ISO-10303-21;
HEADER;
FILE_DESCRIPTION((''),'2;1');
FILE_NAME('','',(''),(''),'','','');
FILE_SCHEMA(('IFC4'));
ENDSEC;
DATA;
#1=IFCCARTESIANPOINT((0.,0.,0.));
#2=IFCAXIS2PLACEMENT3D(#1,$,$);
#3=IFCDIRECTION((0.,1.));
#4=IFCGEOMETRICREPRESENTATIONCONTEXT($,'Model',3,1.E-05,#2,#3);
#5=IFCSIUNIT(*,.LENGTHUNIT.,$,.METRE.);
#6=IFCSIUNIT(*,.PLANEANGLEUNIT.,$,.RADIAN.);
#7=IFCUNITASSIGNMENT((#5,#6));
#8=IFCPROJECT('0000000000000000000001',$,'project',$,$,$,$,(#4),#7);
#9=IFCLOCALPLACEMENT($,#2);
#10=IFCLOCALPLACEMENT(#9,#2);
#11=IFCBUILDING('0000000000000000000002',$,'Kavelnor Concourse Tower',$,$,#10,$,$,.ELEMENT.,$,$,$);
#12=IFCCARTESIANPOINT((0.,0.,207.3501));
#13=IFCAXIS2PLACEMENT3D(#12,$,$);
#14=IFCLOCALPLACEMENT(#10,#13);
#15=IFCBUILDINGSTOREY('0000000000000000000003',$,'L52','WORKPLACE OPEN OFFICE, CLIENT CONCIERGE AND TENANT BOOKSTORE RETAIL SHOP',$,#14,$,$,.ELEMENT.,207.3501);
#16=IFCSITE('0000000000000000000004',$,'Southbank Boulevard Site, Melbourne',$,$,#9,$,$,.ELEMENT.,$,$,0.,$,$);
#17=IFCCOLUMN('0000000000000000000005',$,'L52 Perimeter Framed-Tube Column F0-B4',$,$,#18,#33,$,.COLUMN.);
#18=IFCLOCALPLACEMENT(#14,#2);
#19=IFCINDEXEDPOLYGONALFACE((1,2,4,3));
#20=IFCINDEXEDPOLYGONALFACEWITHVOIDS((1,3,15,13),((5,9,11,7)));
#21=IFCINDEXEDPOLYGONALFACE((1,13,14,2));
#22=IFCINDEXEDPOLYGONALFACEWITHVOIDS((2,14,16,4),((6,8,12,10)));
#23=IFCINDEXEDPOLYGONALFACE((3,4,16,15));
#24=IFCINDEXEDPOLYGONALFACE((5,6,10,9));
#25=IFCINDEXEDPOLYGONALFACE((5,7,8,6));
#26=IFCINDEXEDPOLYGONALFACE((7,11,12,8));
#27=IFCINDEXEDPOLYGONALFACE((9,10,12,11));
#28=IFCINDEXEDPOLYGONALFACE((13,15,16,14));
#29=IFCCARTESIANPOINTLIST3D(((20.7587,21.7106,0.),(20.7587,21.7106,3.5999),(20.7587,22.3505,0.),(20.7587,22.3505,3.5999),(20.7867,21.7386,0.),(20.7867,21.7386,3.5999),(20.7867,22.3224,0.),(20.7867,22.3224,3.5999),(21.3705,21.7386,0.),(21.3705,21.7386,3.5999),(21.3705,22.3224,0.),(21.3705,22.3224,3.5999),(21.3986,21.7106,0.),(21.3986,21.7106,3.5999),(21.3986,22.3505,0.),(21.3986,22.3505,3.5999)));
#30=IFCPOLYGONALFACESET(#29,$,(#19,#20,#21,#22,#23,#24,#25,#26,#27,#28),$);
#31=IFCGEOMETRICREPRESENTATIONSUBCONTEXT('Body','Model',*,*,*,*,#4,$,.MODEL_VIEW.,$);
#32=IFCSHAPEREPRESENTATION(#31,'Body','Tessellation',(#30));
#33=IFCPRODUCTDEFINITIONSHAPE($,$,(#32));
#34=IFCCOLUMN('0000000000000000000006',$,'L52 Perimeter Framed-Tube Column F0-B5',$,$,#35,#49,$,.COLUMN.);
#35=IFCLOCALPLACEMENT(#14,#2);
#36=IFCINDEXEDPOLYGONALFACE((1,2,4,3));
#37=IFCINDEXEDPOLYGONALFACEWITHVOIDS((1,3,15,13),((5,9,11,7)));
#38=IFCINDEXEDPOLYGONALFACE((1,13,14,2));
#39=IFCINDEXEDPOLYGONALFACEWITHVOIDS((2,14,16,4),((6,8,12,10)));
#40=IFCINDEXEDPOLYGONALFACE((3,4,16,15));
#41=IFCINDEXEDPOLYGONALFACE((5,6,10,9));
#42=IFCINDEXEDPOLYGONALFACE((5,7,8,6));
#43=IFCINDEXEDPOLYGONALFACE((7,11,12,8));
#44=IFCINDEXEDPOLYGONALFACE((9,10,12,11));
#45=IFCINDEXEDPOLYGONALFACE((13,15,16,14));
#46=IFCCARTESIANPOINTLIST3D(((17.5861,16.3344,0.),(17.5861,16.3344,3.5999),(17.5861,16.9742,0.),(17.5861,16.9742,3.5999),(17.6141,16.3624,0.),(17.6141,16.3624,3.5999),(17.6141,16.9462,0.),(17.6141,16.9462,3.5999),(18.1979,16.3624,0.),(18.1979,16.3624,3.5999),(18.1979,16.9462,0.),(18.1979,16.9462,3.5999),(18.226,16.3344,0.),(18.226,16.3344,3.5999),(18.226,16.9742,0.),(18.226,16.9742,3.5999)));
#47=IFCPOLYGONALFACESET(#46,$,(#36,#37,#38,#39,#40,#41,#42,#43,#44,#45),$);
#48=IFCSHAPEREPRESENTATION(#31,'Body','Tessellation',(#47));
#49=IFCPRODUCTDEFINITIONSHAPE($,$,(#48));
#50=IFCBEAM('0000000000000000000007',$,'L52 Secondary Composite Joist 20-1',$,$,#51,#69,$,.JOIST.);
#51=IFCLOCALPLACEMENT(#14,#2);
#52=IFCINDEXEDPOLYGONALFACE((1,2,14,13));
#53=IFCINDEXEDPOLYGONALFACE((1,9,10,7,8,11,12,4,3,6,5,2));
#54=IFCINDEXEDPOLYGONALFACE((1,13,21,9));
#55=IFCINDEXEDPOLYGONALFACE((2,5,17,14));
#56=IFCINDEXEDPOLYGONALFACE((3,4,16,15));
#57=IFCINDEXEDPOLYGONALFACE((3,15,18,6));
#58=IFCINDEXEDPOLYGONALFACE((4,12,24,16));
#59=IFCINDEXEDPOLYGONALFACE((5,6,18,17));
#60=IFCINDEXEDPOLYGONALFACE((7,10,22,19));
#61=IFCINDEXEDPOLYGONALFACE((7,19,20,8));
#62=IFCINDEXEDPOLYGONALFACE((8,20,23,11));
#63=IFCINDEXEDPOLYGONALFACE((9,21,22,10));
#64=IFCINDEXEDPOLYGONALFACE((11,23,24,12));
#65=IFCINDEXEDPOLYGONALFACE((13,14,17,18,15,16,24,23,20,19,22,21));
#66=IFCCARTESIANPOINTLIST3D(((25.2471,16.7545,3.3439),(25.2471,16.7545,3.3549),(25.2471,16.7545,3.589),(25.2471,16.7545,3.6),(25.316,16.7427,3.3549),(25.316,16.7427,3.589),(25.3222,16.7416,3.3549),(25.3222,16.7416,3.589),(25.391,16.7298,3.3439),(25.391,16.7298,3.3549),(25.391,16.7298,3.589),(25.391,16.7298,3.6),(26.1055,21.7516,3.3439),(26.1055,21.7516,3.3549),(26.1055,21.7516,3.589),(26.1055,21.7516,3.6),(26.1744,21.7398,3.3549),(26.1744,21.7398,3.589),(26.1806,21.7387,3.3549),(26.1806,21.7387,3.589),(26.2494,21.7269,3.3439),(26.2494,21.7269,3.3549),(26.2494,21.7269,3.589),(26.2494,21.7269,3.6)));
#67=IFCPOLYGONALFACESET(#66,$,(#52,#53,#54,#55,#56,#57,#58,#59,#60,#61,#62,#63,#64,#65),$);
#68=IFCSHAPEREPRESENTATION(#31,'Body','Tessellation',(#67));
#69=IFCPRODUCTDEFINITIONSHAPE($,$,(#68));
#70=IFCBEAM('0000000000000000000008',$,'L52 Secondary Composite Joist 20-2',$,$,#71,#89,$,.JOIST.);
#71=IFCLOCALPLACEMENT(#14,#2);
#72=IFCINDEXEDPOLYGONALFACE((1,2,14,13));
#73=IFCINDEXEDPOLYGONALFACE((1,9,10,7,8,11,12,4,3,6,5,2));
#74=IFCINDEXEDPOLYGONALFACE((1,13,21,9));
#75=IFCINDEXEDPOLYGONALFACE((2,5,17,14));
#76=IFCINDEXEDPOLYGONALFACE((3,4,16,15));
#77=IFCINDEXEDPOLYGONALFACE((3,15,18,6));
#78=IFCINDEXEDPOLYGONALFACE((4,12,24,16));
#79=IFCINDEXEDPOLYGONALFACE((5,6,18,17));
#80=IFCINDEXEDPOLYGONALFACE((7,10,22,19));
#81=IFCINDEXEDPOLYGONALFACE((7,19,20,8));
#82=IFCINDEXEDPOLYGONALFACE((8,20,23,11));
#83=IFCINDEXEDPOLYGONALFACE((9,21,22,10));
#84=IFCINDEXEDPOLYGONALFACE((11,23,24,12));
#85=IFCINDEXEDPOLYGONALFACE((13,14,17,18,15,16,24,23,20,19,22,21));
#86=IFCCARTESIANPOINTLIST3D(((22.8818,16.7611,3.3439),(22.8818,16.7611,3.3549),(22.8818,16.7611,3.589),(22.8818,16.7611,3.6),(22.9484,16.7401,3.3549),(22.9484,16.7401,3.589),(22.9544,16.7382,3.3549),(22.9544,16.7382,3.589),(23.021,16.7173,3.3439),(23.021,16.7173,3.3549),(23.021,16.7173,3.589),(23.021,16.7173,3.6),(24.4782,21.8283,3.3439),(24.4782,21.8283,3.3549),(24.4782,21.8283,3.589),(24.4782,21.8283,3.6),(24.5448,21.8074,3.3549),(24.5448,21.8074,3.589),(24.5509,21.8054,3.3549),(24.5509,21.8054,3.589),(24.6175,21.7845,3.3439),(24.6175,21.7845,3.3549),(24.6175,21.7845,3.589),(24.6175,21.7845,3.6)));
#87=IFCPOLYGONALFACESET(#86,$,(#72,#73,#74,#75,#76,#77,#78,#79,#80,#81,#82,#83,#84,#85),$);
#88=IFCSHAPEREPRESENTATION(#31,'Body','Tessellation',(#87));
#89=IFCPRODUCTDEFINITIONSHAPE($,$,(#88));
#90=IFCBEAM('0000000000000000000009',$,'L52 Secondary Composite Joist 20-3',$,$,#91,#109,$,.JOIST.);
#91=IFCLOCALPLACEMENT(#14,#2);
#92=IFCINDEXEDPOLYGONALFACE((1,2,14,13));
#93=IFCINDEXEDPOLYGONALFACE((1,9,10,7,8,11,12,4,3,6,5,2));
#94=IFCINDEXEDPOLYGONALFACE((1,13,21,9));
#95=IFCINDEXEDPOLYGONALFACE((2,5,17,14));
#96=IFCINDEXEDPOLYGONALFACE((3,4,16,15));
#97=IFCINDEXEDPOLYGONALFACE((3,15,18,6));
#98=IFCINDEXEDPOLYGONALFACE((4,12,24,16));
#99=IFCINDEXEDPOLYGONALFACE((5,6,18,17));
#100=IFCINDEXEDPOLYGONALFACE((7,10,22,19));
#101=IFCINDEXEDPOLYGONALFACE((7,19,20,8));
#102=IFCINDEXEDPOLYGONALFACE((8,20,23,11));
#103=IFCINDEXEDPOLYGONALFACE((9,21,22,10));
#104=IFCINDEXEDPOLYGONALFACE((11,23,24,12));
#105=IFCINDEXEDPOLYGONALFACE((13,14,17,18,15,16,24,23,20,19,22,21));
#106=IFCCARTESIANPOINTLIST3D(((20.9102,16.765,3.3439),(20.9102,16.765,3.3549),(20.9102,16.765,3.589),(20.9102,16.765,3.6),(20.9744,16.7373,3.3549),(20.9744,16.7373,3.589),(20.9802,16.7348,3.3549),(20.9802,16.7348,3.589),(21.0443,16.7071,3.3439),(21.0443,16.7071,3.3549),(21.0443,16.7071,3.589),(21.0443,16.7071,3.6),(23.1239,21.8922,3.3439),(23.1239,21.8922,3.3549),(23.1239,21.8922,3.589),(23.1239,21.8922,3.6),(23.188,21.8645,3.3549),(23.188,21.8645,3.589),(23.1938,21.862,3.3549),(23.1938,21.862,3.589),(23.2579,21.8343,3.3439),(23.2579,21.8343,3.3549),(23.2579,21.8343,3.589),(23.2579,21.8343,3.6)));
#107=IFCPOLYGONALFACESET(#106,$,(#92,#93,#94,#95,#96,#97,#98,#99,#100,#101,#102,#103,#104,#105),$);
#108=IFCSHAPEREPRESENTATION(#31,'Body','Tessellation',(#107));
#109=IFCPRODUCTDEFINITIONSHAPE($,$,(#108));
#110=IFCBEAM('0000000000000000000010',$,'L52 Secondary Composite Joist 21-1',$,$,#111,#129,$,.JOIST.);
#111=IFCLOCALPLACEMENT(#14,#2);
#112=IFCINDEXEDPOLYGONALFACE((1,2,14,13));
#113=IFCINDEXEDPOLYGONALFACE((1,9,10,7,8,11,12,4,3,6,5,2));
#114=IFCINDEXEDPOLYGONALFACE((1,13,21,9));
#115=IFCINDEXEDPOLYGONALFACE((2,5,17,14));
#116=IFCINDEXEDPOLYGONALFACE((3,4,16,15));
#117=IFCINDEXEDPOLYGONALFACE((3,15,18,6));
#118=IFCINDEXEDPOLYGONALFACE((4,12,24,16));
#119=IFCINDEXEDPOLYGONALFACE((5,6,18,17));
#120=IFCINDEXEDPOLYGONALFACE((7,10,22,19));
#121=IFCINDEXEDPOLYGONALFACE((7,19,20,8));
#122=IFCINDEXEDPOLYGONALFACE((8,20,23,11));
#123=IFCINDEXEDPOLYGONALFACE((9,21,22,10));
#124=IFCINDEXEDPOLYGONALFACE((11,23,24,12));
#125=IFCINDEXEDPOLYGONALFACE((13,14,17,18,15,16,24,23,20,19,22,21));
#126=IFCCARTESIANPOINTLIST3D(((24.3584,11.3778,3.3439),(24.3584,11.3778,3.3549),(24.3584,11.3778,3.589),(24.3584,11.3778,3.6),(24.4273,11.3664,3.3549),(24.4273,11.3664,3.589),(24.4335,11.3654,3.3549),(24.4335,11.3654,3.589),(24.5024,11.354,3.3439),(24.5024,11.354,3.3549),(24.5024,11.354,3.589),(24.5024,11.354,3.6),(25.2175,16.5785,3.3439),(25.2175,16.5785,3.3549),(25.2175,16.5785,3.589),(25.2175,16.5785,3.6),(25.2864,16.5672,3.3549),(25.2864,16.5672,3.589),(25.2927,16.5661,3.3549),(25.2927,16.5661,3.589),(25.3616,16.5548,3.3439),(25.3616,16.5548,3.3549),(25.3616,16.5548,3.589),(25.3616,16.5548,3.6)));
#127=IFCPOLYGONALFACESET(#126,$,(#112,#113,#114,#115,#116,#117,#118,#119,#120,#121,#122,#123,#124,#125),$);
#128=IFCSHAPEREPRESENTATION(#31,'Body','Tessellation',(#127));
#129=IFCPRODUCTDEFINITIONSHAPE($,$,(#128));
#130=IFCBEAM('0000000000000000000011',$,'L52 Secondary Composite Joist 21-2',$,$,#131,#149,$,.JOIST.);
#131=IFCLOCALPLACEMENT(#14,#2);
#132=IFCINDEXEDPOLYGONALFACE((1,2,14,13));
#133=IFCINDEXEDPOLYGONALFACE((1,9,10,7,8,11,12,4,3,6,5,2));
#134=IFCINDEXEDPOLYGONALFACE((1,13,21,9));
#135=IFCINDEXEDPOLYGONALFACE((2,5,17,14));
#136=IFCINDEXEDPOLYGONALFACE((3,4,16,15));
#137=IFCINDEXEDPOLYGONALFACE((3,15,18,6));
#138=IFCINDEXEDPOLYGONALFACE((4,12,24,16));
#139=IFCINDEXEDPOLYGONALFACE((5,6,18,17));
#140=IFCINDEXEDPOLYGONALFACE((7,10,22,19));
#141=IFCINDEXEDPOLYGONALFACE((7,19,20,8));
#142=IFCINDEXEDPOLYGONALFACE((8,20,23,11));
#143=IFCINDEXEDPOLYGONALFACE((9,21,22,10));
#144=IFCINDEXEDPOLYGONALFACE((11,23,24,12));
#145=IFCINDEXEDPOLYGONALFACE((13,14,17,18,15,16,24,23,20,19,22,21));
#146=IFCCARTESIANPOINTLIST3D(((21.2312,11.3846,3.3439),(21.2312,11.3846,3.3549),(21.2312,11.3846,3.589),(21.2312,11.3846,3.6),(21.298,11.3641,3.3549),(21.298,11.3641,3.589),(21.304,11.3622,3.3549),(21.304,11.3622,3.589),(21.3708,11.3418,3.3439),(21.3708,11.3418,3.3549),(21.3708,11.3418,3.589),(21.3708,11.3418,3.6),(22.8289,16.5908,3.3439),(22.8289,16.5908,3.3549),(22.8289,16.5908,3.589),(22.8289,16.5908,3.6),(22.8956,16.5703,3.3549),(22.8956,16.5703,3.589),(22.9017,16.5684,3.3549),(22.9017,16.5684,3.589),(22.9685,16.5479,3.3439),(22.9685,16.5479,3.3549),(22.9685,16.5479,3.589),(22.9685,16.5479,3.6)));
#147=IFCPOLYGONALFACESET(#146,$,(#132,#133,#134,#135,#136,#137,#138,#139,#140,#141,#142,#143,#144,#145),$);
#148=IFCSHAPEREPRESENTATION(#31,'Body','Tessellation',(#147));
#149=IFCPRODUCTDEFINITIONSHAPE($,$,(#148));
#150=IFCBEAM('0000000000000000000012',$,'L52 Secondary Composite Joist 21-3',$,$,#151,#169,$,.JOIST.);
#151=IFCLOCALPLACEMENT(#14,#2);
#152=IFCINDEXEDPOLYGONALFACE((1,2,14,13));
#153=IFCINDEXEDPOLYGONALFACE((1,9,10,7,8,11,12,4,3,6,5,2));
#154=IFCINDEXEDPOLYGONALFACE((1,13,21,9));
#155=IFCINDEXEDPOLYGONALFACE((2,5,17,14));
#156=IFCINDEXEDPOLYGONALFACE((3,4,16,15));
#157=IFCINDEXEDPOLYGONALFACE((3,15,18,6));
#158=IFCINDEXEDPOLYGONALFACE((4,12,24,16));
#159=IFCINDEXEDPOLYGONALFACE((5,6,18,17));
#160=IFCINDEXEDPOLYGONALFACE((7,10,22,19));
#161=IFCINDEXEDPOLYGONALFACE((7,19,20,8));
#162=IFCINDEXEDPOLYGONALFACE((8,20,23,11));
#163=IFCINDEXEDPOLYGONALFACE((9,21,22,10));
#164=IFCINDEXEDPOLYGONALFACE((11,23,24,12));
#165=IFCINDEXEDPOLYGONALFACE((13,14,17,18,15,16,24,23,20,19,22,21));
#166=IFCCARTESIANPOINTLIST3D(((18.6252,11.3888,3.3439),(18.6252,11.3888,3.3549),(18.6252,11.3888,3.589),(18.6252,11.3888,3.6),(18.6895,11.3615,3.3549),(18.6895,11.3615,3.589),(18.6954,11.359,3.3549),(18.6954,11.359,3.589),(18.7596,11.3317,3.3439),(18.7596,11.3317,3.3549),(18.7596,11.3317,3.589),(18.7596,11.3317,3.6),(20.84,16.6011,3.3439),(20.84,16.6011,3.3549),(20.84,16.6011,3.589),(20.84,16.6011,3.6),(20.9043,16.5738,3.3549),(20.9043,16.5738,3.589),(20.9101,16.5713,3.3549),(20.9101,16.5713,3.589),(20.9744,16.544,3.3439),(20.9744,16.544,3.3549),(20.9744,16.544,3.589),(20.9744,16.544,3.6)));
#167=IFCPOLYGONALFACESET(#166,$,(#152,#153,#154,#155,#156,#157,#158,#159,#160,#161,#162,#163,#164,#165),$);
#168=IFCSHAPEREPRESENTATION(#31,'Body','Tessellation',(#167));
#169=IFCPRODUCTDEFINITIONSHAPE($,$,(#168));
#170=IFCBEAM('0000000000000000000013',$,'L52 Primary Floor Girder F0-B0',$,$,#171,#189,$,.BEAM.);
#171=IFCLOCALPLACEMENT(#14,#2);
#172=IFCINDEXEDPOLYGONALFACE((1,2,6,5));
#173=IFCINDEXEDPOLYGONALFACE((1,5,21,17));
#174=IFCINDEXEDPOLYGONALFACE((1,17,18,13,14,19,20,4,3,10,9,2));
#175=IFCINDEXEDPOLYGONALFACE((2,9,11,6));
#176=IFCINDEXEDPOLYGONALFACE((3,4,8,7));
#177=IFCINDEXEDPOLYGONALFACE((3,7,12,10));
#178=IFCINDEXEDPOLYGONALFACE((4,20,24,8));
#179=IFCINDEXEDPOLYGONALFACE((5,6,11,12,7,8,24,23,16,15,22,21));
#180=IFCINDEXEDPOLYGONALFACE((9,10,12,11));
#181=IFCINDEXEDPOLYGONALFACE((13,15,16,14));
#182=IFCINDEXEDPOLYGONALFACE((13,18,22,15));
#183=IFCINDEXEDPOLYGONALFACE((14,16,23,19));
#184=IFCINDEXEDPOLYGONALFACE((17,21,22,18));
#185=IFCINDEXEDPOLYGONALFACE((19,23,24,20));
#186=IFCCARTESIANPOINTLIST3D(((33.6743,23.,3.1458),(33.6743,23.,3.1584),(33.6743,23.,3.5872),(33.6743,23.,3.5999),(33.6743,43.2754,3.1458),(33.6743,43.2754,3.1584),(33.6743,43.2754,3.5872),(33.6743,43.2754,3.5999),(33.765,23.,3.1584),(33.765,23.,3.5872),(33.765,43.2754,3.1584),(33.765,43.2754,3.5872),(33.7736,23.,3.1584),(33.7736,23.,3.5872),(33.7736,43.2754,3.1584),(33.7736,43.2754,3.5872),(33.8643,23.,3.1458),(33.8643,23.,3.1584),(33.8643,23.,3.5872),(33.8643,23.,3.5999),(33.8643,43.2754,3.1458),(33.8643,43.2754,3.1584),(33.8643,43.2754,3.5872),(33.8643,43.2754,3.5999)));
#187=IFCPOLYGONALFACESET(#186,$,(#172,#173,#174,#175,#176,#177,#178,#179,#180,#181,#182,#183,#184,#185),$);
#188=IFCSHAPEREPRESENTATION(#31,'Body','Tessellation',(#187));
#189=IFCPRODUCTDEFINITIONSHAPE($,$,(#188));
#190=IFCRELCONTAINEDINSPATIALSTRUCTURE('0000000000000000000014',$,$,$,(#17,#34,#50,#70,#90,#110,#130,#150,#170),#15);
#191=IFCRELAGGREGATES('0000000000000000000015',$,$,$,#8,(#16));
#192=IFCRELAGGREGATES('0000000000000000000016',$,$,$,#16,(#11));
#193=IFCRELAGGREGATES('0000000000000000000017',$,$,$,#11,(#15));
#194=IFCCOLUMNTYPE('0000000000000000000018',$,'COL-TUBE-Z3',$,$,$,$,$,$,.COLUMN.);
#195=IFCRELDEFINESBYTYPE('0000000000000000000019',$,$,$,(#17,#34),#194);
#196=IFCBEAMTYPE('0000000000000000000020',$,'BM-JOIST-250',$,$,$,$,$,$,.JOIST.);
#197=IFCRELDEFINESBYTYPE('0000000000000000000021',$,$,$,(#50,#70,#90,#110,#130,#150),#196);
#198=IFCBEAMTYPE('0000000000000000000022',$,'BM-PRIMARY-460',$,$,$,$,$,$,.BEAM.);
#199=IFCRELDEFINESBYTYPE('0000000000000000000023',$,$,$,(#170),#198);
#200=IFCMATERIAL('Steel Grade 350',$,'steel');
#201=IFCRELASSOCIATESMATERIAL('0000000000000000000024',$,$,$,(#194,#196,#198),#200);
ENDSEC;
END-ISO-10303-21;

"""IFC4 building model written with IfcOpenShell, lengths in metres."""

from ifc_helpers import new_model, si_unit, direction, frame, origin, origin_2d, place, context, subcontext, project, spatial, hollow_rectangle, i_section, extrude, material, material_profile, profile_set, type_object, element, save


model = new_model("IFC4")

# Units and contexts
model_context = context("Model", 3, precision=1e-05, world=origin(), true_north=direction((0.0, 1.0)))
body_context = subcontext(model_context, "Body", "Model", "MODEL_VIEW")
ifc_project = project(units=[si_unit("LENGTHUNIT", "METRE"), si_unit("PLANEANGLEUNIT", "RADIAN")], contexts=[model_context])

# Site, building, storey
site_placement = place(None, origin())
site = spatial("IfcSite", under=ifc_project, at=site_placement, Name="Southbank Boulevard Site, Melbourne", CompositionType="ELEMENT", RefElevation=0.0)
building_placement = place(site_placement, origin())
building = spatial("IfcBuilding", under=site, at=building_placement, Name="Kavelnor Concourse Tower", CompositionType="ELEMENT")
storey_placement = place(building_placement, frame((0.0, 0.0, 207.3501)))
storey = spatial("IfcBuildingStorey", under=building, at=storey_placement, Name="L52", Description="WORKPLACE OPEN OFFICE, CLIENT CONCIERGE AND TENANT BOOKSTORE RETAIL SHOP", CompositionType="ELEMENT", Elevation=207.3501)

# Columns
ifc_material_1 = material(Name="Steel Grade 350", Category="steel")
ifc_material_profile_1 = material_profile(ifc_material_1, hollow_rectangle(XDim=0.6399, YDim=0.6399, WallThickness=0.0281, at=origin_2d()), Name="SHS 640x640x28")
ifc_profile_set_1 = profile_set([ifc_material_profile_1], Name="Steel Grade 350")
column_type = type_object("IfcColumnType", Name="COL-TUBE-Z3", PredefinedType="COLUMN", material=ifc_profile_set_1)
for number, where, z_axis, x_axis, name in (
    (1, (21.0786, 22.0305, 0.0), (0.0, 0.0, 1.0), (1.0, 0.0, 0.0), "L52 Perimeter Framed-Tube Column F0-B4"),
    (2, (17.906, 16.6543, 0.0), (0.0, 0.0, 1.0), (1.0, 0.0, 0.0), "L52 Perimeter Framed-Tube Column F0-B5"),
):
    element("IfcColumn", number, at=place(storey_placement, frame(where, z_axis=z_axis, x_axis=x_axis)), inside=storey, type_object=column_type, Name=name, PredefinedType="COLUMN", context=body_context, shape_type="SweptSolid", body=[
        extrude(hollow_rectangle(XDim=0.6399, YDim=0.6399, WallThickness=0.0281, at=origin_2d()), origin(), (0.0, 0.0, 1.0), 3.5999),
    ])

# Beams
ifc_material_profile_2 = material_profile(ifc_material_1, i_section(OverallWidth=0.146, OverallDepth=0.2561, WebThickness=0.0063, FlangeThickness=0.011, at=origin_2d()), Name="250UB37")
ifc_profile_set_2 = profile_set([ifc_material_profile_2], Name="Steel Grade 350")
beam_type_1 = type_object("IfcBeamType", Name="BM-JOIST-250", PredefinedType="JOIST", material=ifc_profile_set_2)
beam_1_placement = place(storey_placement, frame((26.1775, 21.7393, 3.4719), z_axis=(-0.169301, -0.985564, 0.0), x_axis=(0.985564, -0.169301, 0.0)))
element("IfcBeam", 3, at=beam_1_placement, inside=storey, type_object=beam_type_1, Name="L52 Secondary Composite Joist 20-1", PredefinedType="JOIST", context=body_context, shape_type="SweptSolid", body=[
    extrude(i_section(OverallWidth=0.146, OverallDepth=0.2561, WebThickness=0.0063, FlangeThickness=0.011, at=origin_2d()), origin(), (0.0, 0.0, 1.0), 5.0703),
])
beam_2_placement = place(storey_placement, frame((24.5479, 21.8064, 3.4719), z_axis=(-0.300496, -0.953783, 0.0), x_axis=(0.953783, -0.300496, 0.0)))
element("IfcBeam", 4, at=beam_2_placement, inside=storey, type_object=beam_type_1, Name="L52 Secondary Composite Joist 20-2", PredefinedType="JOIST", context=body_context, shape_type="SweptSolid", body=[
    extrude(i_section(OverallWidth=0.146, OverallDepth=0.2561, WebThickness=0.0063, FlangeThickness=0.011, at=origin_2d()), origin(), (0.0, 0.0, 1.0), 5.3127),
])
beam_3_placement = place(storey_placement, frame((23.1909, 21.8633, 3.4719), z_axis=(-0.396377, -0.918088, 0.0), x_axis=(0.918088, -0.396377, 0.0)))
element("IfcBeam", 5, at=beam_3_placement, inside=storey, type_object=beam_type_1, Name="L52 Secondary Composite Joist 20-3", PredefinedType="JOIST", context=body_context, shape_type="SweptSolid", body=[
    extrude(i_section(OverallWidth=0.146, OverallDepth=0.2561, WebThickness=0.0063, FlangeThickness=0.011, at=origin_2d()), origin(), (0.0, 0.0, 1.0), 5.5847),
])
beam_4_placement = place(storey_placement, frame((25.2896, 16.5667, 3.4719), z_axis=(-0.162987, -0.986628, 0.0), x_axis=(0.986628, -0.162987, 0.0)))
element("IfcBeam", 6, at=beam_4_placement, inside=storey, type_object=beam_type_1, Name="L52 Secondary Composite Joist 21-1", PredefinedType="JOIST", context=body_context, shape_type="SweptSolid", body=[
    extrude(i_section(OverallWidth=0.146, OverallDepth=0.2561, WebThickness=0.0063, FlangeThickness=0.011, at=origin_2d()), origin(), (0.0, 0.0, 1.0), 5.2712),
])
beam_5_placement = place(storey_placement, frame((22.8987, 16.5693, 3.4719), z_axis=(-0.29338, -0.955996, 0.0), x_axis=(0.955996, -0.29338, 0.0)))
element("IfcBeam", 7, at=beam_5_placement, inside=storey, type_object=beam_type_1, Name="L52 Secondary Composite Joist 21-2", PredefinedType="JOIST", context=body_context, shape_type="SweptSolid", body=[
    extrude(i_section(OverallWidth=0.146, OverallDepth=0.2561, WebThickness=0.0063, FlangeThickness=0.011, at=origin_2d()), origin(), (0.0, 0.0, 1.0), 5.4458),
])
beam_6_placement = place(storey_placement, frame((20.9072, 16.5725, 3.4719), z_axis=(-0.391077, -0.920358, 0.0), x_axis=(0.920358, -0.391077, 0.0)))
element("IfcBeam", 8, at=beam_6_placement, inside=storey, type_object=beam_type_1, Name="L52 Secondary Composite Joist 21-3", PredefinedType="JOIST", context=body_context, shape_type="SweptSolid", body=[
    extrude(i_section(OverallWidth=0.146, OverallDepth=0.2561, WebThickness=0.0063, FlangeThickness=0.011, at=origin_2d()), origin(), (0.0, 0.0, 1.0), 5.6633),
])
ifc_material_profile_3 = material_profile(ifc_material_1, i_section(OverallWidth=0.1899, OverallDepth=0.4541, WebThickness=0.0085, FlangeThickness=0.0127, at=origin_2d()), Name="460UB67")
ifc_profile_set_3 = profile_set([ifc_material_profile_3], Name="Steel Grade 350")
beam_type_2 = type_object("IfcBeamType", Name="BM-PRIMARY-460", PredefinedType="BEAM", material=ifc_profile_set_3)
beam_7_placement = place(storey_placement, frame((33.7693, 23.0, 3.3728), z_axis=(0.0, 1.0, 0.0), x_axis=(-1.0, 0.0, 0.0)))
element("IfcBeam", 9, at=beam_7_placement, inside=storey, type_object=beam_type_2, Name="L52 Primary Floor Girder F0-B0", PredefinedType="BEAM", context=body_context, shape_type="SweptSolid", body=[
    extrude(i_section(OverallWidth=0.1899, OverallDepth=0.4541, WebThickness=0.0085, FlangeThickness=0.0127, at=origin_2d()), origin(), (0.0, 0.0, 1.0), 20.2754),
])

save(model, "model.ifc")
